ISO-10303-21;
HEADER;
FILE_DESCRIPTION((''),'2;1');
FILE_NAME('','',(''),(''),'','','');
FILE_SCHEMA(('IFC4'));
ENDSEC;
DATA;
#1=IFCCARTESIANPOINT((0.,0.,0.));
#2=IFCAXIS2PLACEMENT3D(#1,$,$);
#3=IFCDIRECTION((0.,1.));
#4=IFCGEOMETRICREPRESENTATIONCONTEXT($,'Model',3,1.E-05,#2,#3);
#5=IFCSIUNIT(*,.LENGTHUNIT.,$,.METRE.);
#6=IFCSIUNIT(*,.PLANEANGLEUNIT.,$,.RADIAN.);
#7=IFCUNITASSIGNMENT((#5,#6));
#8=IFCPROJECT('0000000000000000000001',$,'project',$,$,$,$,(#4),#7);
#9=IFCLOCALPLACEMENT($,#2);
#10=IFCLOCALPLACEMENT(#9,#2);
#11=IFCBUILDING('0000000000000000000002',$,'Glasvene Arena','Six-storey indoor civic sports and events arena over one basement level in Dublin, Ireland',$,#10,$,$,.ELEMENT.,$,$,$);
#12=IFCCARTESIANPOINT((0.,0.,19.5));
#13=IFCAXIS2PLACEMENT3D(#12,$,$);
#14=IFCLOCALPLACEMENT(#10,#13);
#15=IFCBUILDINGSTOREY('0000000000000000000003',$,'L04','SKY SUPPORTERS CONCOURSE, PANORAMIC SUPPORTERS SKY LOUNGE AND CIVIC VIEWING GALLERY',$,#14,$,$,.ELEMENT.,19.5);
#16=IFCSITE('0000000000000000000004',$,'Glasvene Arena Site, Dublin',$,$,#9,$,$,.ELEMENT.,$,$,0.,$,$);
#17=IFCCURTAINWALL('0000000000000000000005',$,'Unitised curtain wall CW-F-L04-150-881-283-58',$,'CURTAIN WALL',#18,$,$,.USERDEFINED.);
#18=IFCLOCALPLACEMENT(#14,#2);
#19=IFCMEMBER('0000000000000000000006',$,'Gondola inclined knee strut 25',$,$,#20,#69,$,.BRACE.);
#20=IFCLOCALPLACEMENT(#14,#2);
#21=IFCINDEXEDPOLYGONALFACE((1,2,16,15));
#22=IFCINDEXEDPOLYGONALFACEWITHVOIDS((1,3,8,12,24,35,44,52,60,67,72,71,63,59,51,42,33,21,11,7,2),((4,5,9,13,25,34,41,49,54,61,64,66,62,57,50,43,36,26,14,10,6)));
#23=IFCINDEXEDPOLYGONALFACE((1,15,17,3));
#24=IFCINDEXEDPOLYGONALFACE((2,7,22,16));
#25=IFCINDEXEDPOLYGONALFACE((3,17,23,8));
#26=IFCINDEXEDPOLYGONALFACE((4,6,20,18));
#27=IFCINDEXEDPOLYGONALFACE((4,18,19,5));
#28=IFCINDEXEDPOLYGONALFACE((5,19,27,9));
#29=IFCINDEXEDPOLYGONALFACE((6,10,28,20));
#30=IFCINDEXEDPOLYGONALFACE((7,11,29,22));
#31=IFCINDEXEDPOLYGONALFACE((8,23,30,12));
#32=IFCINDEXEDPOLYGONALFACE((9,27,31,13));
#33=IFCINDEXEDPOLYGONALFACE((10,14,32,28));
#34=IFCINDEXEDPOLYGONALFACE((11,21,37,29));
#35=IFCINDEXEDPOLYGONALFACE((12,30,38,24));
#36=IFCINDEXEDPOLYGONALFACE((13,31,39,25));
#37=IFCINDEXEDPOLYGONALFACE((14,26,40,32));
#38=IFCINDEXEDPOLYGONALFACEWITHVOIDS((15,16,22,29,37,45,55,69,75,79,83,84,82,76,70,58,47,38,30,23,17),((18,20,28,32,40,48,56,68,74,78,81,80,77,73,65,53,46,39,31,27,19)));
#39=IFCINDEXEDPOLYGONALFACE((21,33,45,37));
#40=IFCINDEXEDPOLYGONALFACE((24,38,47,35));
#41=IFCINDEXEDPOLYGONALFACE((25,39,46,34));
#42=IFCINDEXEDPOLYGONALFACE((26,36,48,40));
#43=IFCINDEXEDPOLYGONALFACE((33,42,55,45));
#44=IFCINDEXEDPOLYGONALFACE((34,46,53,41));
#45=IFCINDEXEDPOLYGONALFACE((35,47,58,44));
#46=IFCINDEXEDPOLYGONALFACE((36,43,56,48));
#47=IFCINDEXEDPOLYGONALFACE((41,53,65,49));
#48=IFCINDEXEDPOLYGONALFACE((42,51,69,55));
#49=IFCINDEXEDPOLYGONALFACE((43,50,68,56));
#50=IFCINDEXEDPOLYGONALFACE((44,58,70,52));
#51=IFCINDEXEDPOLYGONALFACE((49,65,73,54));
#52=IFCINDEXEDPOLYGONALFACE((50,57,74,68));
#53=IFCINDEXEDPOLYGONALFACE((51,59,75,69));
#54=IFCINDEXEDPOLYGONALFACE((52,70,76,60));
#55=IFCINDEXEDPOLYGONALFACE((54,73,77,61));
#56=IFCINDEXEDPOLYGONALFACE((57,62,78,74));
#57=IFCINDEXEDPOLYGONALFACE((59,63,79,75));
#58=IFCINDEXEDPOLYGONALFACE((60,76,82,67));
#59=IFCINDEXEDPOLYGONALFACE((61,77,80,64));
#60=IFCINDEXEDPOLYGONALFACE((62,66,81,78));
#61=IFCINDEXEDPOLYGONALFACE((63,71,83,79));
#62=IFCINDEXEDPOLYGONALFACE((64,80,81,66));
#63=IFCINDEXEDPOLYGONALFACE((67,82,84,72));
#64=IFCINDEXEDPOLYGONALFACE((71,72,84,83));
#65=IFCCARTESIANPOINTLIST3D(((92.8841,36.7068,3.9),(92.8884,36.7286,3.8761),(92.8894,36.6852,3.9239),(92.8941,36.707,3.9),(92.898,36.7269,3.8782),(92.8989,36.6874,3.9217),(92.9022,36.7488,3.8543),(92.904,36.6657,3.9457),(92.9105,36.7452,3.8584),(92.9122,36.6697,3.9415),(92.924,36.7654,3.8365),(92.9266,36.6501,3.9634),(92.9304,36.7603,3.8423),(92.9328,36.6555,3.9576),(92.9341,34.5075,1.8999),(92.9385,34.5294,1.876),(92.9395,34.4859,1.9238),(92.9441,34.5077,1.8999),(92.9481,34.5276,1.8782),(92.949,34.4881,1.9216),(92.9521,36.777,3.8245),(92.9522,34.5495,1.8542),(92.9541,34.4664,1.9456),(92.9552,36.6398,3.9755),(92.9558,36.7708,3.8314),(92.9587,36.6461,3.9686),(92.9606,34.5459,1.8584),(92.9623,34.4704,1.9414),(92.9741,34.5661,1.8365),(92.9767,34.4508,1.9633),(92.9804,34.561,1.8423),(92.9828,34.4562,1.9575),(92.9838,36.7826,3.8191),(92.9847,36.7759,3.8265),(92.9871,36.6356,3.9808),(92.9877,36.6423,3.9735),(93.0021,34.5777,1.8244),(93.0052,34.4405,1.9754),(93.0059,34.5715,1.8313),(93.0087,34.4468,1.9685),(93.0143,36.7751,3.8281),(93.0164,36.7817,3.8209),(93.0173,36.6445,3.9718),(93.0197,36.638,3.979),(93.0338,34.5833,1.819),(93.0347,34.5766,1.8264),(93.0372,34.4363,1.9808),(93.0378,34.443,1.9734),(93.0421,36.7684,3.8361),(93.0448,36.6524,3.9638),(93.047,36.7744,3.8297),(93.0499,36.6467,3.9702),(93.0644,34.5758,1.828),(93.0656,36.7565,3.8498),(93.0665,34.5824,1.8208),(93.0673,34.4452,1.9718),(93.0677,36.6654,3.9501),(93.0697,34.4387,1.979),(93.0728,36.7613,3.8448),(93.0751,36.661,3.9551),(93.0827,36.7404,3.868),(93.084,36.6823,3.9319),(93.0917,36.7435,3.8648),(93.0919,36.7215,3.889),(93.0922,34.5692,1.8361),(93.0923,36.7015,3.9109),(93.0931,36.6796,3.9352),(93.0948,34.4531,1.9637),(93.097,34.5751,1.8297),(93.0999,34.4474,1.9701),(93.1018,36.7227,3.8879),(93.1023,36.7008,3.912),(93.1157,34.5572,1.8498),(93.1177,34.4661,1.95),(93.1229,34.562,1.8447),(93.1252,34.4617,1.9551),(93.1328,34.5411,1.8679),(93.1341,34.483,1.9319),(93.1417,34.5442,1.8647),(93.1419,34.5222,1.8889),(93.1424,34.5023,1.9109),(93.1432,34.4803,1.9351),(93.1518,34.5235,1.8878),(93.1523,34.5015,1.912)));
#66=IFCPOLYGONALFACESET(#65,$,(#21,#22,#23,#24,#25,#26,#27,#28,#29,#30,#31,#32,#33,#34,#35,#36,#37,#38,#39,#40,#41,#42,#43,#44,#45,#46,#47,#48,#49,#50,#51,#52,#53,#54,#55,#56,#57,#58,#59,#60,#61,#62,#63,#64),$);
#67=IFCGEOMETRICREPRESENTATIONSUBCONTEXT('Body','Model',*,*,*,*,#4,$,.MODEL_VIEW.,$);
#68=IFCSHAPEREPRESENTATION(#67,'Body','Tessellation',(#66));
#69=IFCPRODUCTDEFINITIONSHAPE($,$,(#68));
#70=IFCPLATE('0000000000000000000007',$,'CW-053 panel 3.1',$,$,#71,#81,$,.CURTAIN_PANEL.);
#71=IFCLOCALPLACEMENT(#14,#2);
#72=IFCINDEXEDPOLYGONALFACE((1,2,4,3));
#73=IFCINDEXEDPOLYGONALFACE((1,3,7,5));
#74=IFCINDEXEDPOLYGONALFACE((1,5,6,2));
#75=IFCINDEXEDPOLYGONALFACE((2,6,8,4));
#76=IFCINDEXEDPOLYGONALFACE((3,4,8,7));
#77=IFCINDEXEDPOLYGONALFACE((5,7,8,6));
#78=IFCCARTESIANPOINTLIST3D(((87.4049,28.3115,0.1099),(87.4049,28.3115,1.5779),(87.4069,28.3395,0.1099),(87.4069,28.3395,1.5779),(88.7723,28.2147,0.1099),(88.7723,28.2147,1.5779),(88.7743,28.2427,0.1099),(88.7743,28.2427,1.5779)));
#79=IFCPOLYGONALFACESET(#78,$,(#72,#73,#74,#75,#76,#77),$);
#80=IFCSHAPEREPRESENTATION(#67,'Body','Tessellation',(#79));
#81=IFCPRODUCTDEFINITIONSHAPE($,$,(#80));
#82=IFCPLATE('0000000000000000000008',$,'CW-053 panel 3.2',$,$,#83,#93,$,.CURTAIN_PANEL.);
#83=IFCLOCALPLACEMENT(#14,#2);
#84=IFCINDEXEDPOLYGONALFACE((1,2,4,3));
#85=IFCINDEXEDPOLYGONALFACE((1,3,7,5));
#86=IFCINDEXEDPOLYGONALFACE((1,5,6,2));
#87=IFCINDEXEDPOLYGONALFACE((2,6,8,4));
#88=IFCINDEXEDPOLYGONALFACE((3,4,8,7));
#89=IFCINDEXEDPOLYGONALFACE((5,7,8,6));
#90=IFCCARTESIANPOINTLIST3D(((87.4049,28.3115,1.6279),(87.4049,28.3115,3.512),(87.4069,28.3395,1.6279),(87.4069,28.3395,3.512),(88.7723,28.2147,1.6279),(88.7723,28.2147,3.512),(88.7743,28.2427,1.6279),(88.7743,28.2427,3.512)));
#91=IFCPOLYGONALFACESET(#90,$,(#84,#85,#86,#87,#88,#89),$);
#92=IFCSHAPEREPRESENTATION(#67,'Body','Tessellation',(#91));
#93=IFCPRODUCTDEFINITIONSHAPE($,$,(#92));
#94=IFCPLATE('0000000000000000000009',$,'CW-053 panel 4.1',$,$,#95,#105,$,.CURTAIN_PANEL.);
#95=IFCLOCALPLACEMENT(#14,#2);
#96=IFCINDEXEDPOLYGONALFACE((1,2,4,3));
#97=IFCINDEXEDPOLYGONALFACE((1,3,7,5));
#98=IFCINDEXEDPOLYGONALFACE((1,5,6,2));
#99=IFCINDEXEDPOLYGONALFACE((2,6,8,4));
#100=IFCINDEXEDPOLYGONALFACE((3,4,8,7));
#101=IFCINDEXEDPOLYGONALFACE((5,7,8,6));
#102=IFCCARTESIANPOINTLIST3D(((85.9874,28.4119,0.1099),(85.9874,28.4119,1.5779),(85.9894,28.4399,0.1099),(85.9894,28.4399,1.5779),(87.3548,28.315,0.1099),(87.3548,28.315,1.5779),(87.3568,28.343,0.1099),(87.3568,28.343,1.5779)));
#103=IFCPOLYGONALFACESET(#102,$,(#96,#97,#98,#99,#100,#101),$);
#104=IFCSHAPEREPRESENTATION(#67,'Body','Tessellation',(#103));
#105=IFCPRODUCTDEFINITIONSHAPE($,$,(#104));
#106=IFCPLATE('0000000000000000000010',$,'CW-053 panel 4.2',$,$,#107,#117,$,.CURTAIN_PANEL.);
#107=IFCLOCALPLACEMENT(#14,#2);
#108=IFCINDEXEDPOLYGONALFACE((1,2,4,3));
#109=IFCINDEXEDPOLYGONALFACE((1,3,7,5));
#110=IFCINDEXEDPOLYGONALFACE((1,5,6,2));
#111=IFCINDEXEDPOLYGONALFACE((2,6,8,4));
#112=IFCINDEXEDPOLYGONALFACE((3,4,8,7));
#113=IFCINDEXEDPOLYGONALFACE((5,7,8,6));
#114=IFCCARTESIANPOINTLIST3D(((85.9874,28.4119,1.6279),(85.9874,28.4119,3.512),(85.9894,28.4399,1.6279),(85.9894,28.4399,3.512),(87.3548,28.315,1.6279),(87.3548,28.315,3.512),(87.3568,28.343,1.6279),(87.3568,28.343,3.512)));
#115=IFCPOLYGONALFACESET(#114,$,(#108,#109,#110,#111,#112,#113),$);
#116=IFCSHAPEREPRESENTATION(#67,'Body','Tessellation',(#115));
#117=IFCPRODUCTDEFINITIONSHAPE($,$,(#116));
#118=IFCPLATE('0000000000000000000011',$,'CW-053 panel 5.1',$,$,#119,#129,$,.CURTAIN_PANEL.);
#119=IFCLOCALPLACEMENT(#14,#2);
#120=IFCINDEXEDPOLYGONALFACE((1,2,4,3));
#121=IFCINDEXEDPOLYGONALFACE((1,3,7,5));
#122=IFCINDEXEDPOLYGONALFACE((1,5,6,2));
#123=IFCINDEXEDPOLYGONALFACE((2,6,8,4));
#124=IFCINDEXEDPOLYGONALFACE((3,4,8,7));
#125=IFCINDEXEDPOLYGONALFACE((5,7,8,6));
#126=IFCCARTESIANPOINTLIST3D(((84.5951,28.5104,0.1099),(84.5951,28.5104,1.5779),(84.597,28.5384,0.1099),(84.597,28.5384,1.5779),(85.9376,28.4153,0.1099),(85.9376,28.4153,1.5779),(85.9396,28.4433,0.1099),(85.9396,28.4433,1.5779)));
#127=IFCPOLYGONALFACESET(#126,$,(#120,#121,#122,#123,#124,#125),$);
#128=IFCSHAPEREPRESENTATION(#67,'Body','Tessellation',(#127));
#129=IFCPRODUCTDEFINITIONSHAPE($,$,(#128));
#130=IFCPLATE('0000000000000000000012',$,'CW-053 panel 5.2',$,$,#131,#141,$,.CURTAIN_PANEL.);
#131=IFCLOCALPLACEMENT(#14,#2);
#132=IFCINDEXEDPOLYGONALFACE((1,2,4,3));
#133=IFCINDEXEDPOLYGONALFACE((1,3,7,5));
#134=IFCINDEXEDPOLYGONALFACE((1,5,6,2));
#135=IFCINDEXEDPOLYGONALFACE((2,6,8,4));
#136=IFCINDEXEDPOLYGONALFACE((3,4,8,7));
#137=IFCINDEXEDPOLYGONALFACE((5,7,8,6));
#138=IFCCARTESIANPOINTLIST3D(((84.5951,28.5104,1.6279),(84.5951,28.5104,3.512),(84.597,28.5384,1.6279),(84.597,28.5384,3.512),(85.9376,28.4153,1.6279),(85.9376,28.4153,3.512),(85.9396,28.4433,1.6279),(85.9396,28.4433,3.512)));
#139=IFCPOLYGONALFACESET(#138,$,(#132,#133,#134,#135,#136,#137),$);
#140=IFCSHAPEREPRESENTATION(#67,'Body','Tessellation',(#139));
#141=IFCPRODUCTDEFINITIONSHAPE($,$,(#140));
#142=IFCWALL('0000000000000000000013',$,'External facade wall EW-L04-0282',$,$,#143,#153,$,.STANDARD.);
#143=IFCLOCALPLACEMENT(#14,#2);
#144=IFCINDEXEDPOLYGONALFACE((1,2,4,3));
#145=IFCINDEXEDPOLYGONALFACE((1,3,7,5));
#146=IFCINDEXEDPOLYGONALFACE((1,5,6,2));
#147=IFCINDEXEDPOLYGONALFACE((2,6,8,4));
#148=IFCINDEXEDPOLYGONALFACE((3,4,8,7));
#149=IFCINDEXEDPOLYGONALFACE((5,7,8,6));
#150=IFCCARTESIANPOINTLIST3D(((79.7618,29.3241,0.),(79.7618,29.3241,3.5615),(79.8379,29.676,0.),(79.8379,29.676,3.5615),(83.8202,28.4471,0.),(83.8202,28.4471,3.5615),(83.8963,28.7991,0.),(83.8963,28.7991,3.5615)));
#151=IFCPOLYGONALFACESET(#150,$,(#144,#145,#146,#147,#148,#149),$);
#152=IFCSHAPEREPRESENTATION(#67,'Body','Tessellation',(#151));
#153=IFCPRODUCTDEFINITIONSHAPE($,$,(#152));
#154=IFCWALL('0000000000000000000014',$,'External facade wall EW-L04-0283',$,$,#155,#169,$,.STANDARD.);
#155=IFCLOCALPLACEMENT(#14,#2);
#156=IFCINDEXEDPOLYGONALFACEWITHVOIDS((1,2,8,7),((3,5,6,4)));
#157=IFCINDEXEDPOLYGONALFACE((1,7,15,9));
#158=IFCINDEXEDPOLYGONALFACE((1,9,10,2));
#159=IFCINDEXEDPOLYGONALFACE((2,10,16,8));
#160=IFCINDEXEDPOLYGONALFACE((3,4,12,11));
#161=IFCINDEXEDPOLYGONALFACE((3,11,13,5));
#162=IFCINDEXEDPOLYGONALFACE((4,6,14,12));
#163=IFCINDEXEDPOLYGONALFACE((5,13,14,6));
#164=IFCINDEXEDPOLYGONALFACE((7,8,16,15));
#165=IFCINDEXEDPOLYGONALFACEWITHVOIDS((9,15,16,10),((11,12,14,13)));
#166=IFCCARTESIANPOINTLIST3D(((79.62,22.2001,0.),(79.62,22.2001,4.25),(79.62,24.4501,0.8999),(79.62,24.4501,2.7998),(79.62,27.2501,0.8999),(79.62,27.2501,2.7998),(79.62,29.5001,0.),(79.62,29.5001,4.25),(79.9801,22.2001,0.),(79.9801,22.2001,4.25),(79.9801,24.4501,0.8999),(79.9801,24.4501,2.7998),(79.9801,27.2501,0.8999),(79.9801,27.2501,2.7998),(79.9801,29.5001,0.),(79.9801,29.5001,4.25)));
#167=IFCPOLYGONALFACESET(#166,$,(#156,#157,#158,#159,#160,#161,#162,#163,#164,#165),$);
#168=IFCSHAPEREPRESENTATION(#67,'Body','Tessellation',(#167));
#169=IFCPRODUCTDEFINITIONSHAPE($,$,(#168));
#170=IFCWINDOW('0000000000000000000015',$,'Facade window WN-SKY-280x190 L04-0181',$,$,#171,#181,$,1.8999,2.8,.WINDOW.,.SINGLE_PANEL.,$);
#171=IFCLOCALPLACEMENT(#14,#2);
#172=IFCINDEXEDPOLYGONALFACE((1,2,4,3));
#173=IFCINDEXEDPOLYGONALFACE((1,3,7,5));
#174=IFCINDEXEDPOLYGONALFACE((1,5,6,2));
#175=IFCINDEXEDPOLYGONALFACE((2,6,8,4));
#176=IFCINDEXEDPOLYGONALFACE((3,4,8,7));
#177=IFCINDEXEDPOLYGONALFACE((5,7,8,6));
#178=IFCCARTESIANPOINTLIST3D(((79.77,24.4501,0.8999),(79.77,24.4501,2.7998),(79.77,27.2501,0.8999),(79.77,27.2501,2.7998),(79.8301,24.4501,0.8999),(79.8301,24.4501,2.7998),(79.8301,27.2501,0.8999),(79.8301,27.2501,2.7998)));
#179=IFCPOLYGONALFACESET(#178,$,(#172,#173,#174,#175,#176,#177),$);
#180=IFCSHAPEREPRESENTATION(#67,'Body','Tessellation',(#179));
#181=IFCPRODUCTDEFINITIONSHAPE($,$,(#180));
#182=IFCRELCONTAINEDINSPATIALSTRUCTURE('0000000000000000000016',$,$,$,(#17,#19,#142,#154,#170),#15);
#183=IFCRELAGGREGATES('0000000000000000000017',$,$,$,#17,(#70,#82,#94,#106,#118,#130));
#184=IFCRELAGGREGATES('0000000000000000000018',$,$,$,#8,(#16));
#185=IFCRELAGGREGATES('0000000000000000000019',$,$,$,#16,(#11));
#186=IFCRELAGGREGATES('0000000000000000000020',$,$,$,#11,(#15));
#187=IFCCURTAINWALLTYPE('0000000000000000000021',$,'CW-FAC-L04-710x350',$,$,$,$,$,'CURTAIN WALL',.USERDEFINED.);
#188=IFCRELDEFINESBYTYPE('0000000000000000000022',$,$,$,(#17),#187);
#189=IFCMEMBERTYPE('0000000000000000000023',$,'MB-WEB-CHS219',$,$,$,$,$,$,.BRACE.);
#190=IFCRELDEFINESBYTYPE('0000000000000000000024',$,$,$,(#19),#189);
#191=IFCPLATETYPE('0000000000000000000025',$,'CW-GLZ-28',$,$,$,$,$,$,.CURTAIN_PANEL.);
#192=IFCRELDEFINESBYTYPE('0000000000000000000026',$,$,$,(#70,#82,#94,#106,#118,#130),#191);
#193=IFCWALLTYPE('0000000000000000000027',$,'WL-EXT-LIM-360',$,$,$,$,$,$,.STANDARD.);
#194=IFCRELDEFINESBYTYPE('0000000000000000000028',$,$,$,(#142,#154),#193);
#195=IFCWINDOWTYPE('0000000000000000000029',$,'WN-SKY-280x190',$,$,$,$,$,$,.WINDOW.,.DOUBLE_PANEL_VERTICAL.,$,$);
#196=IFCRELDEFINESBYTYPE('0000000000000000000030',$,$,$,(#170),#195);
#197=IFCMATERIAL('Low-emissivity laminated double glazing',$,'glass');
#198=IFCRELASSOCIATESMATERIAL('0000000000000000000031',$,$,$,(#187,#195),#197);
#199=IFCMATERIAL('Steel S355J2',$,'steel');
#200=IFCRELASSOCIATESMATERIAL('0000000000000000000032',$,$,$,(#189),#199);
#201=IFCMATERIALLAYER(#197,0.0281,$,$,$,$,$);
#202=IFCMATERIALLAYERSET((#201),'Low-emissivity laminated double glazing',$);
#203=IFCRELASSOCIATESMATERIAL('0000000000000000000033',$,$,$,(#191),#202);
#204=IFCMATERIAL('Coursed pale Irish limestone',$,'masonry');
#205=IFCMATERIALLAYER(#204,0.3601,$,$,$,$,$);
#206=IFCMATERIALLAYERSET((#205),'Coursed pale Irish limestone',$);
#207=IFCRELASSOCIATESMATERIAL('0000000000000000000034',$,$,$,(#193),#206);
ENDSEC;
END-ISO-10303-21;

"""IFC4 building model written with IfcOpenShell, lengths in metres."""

from ifc_helpers import new_model, si_unit, direction, frame, frame_2d, origin, origin_2d, place, context, subcontext, project, spatial, rectangle, hollow_circle, extrude, material, layer, layer_set, material_profile, profile_set, type_object, element, fill, aggregate, save


model = new_model("IFC4")

# Units and contexts
model_context = context("Model", 3, precision=1e-05, world=origin(), true_north=direction((0.0, 1.0)))
body_context = subcontext(model_context, "Body", "Model", "MODEL_VIEW")
ifc_project = project(units=[si_unit("LENGTHUNIT", "METRE"), si_unit("PLANEANGLEUNIT", "RADIAN")], contexts=[model_context])

# Site, building, storey
site_placement = place(None, origin())
site = spatial("IfcSite", under=ifc_project, at=site_placement, Name="Glasvene Arena Site, Dublin", CompositionType="ELEMENT", RefElevation=0.0)
building_placement = place(site_placement, origin())
building = spatial("IfcBuilding", under=site, at=building_placement, Name="Glasvene Arena", Description="Six-storey indoor civic sports and events arena over one basement level in Dublin, Ireland", CompositionType="ELEMENT")
storey_placement = place(building_placement, frame((0.0, 0.0, 19.5)))
storey = spatial("IfcBuildingStorey", under=building, at=storey_placement, Name="L04", Description="SKY SUPPORTERS CONCOURSE, PANORAMIC SUPPORTERS SKY LOUNGE AND CIVIC VIEWING GALLERY", CompositionType="ELEMENT", Elevation=19.5)

# Shared definitions
ifc_material_1 = material(Name="Steel S355J2", Category="steel")

# Curtain wall
ifc_material_2 = material(Name="Low-emissivity laminated double glazing", Category="glass")
curtain_wall_type = type_object("IfcCurtainWallType", Name="CW-FAC-L04-710x350", ElementType="CURTAIN WALL", PredefinedType="USERDEFINED", material=ifc_material_2)
curtain_wall_placement = place(storey_placement, frame((91.6331, 28.0259, 0.0)))
curtain_wall = element("IfcCurtainWall", 1, at=curtain_wall_placement, inside=storey, type_object=curtain_wall_type, Name="Unitised curtain wall CW-F-L04-150-881-283-58", ObjectType="CURTAIN WALL", PredefinedType="USERDEFINED")

# Member
ifc_material_profile_1 = material_profile(ifc_material_1, hollow_circle(Radius=0.1096, WallThickness=0.01, at=origin_2d()), Name="CHS 219.1x10.0")
ifc_profile_set_1 = profile_set([ifc_material_profile_1], Name="Steel S355J2")
member_type_1 = type_object("IfcMemberType", Name="MB-WEB-CHS219", PredefinedType="BRACE", material=ifc_profile_set_1)
for number, where, z_axis, x_axis, name in (
    (2, (93.0437, 34.51, 1.8999), (-0.016834, 0.739716, 0.672708), (-0.999741, -0.022752, 0.0), "Gondola inclined knee strut 25"),
):
    element("IfcMember", number, at=place(storey_placement, frame(where, z_axis=z_axis, x_axis=x_axis)), inside=storey, type_object=member_type_1, Name=name, PredefinedType="BRACE", context=body_context, shape_type="SweptSolid", body=[
        extrude(hollow_circle(Radius=0.1096, WallThickness=0.01, at=origin_2d()), origin(), (0.0, 0.0, 1.0), 2.9731),
    ])

# Plates
ifc_layer_1 = layer(ifc_material_2, 0.0281)
ifc_layer_set_1 = layer_set([ifc_layer_1], Name="Low-emissivity laminated double glazing")
plate_type = type_object("IfcPlateType", Name="CW-GLZ-28", PredefinedType="CURTAIN_PANEL", material=ifc_layer_set_1)
plate_1_placement = place(storey_placement, frame((88.0896, 28.2771, 0.1099), z_axis=(0.0, 0.0, 1.0), x_axis=(-0.997501, 0.070657, 0.0)))
plate_1 = element("IfcPlate", 3, at=plate_1_placement, type_object=plate_type, Name="CW-053 panel 3.1", PredefinedType="CURTAIN_PANEL", context=body_context, shape_type="SweptSolid", body=[
    extrude(rectangle(XDim=1.3708, YDim=0.0281, at=origin_2d()), origin(), (0.0, 0.0, 1.0), 1.468),
])
plate_2_placement = place(storey_placement, frame((88.0896, 28.2771, 1.6279), z_axis=(0.0, 0.0, 1.0), x_axis=(-0.997501, 0.070657, 0.0)))
plate_2 = element("IfcPlate", 4, at=plate_2_placement, type_object=plate_type, Name="CW-053 panel 3.2", PredefinedType="CURTAIN_PANEL", context=body_context, shape_type="SweptSolid", body=[
    extrude(rectangle(XDim=1.3708, YDim=0.0281, at=origin_2d()), origin(), (0.0, 0.0, 1.0), 1.884),
])
plate_3_placement = place(storey_placement, frame((86.6721, 28.3774, 0.1099), z_axis=(0.0, 0.0, 1.0), x_axis=(-0.997501, 0.070657, 0.0)))
plate_3 = element("IfcPlate", 5, at=plate_3_placement, type_object=plate_type, Name="CW-053 panel 4.1", PredefinedType="CURTAIN_PANEL", context=body_context, shape_type="SweptSolid", body=[
    extrude(rectangle(XDim=1.3708, YDim=0.0281, at=origin_2d()), origin(), (0.0, 0.0, 1.0), 1.468),
])
plate_4_placement = place(storey_placement, frame((86.6721, 28.3774, 1.6279), z_axis=(0.0, 0.0, 1.0), x_axis=(-0.997501, 0.070657, 0.0)))
plate_4 = element("IfcPlate", 6, at=plate_4_placement, type_object=plate_type, Name="CW-053 panel 4.2", PredefinedType="CURTAIN_PANEL", context=body_context, shape_type="SweptSolid", body=[
    extrude(rectangle(XDim=1.3708, YDim=0.0281, at=origin_2d()), origin(), (0.0, 0.0, 1.0), 1.884),
])
plate_5_placement = place(storey_placement, frame((85.2673, 28.4768, 0.1099), z_axis=(0.0, 0.0, 1.0), x_axis=(-0.997501, 0.070657, 0.0)))
plate_5 = element("IfcPlate", 7, at=plate_5_placement, type_object=plate_type, Name="CW-053 panel 5.1", PredefinedType="CURTAIN_PANEL", context=body_context, shape_type="SweptSolid", body=[
    extrude(rectangle(XDim=1.3459, YDim=0.0281, at=origin_2d()), origin(), (0.0, 0.0, 1.0), 1.468),
])
plate_6_placement = place(storey_placement, frame((85.2673, 28.4768, 1.6279), z_axis=(0.0, 0.0, 1.0), x_axis=(-0.997501, 0.070657, 0.0)))
plate_6 = element("IfcPlate", 8, at=plate_6_placement, type_object=plate_type, Name="CW-053 panel 5.2", PredefinedType="CURTAIN_PANEL", context=body_context, shape_type="SweptSolid", body=[
    extrude(rectangle(XDim=1.3459, YDim=0.0281, at=origin_2d()), origin(), (0.0, 0.0, 1.0), 1.884),
])
aggregate(curtain_wall, [plate_1, plate_2, plate_3, plate_4, plate_5, plate_6])

# Wall
ifc_material_3 = material(Name="Coursed pale Irish limestone", Category="masonry")
ifc_layer_2 = layer(ifc_material_3, 0.3601)
ifc_layer_set_2 = layer_set([ifc_layer_2], Name="Coursed pale Irish limestone")
wall_type = type_object("IfcWallType", Name="WL-EXT-LIM-360", PredefinedType="STANDARD", material=ifc_layer_set_2)
wall_1_placement = place(storey_placement, frame((83.8584, 28.623, 0.0), z_axis=(0.0, 0.0, 1.0), x_axis=(-0.97744, 0.211211, 0.0)))
element("IfcWall", 9, at=wall_1_placement, inside=storey, type_object=wall_type, Name="External facade wall EW-L04-0282", PredefinedType="STANDARD", context=body_context, shape_type="SweptSolid", body=[
    extrude(rectangle(XDim=4.1521, YDim=0.3601, at=frame_2d((2.0762, 0.0))), origin(), (0.0, 0.0, 1.0), 3.5615),
])

# Wall, opening, window
wall_2_placement = place(storey_placement, frame((79.8, 29.5, 0.0), z_axis=(0.0, 0.0, 1.0), x_axis=(0.0, -1.0, 0.0)))
wall_2 = element("IfcWall", 10, at=wall_2_placement, inside=storey, type_object=wall_type, Name="External facade wall EW-L04-0283", PredefinedType="STANDARD", context=body_context, shape_type="SweptSolid", body=[
    extrude(rectangle(XDim=7.3, YDim=0.3601, at=frame_2d((3.6499, 0.0))), origin(), (0.0, 0.0, 1.0), 4.25),
])
opening_placement = place(wall_2_placement, frame((2.25, 0.0, 0.8999)))
opening = element("IfcOpeningElement", 11, at=opening_placement, cuts=wall_2, PredefinedType="OPENING", context=body_context, shape_type="SweptSolid", body=[
    extrude(rectangle(XDim=2.8, YDim=1.8999, at=frame_2d((1.3999, 0.95))), frame((0.0, 0.1899, 0.0), z_axis=(0.0, -1.0, 0.0), x_axis=(1.0, 0.0, 0.0)), (0.0, 0.0, 1.0), 0.3801),
])
window_type = type_object("IfcWindowType", Name="WN-SKY-280x190", PartitioningType="DOUBLE_PANEL_VERTICAL", PredefinedType="WINDOW", material=ifc_material_2)
window_placement = place(opening_placement, origin())
window = element("IfcWindow", 12, at=window_placement, inside=storey, type_object=window_type, Name="Facade window WN-SKY-280x190 L04-0181", OverallHeight=1.8999, OverallWidth=2.8, PartitioningType="SINGLE_PANEL", PredefinedType="WINDOW", context=body_context, shape_type="SweptSolid", body=[
    extrude(rectangle(XDim=2.8, YDim=1.8999, at=frame_2d((1.3999, 0.95))), frame((0.0, 0.03, 0.0), z_axis=(0.0, -1.0, 0.0), x_axis=(1.0, 0.0, 0.0)), (0.0, 0.0, 1.0), 0.0601),
])
fill(opening, window)

save(model, "model.ifc")
